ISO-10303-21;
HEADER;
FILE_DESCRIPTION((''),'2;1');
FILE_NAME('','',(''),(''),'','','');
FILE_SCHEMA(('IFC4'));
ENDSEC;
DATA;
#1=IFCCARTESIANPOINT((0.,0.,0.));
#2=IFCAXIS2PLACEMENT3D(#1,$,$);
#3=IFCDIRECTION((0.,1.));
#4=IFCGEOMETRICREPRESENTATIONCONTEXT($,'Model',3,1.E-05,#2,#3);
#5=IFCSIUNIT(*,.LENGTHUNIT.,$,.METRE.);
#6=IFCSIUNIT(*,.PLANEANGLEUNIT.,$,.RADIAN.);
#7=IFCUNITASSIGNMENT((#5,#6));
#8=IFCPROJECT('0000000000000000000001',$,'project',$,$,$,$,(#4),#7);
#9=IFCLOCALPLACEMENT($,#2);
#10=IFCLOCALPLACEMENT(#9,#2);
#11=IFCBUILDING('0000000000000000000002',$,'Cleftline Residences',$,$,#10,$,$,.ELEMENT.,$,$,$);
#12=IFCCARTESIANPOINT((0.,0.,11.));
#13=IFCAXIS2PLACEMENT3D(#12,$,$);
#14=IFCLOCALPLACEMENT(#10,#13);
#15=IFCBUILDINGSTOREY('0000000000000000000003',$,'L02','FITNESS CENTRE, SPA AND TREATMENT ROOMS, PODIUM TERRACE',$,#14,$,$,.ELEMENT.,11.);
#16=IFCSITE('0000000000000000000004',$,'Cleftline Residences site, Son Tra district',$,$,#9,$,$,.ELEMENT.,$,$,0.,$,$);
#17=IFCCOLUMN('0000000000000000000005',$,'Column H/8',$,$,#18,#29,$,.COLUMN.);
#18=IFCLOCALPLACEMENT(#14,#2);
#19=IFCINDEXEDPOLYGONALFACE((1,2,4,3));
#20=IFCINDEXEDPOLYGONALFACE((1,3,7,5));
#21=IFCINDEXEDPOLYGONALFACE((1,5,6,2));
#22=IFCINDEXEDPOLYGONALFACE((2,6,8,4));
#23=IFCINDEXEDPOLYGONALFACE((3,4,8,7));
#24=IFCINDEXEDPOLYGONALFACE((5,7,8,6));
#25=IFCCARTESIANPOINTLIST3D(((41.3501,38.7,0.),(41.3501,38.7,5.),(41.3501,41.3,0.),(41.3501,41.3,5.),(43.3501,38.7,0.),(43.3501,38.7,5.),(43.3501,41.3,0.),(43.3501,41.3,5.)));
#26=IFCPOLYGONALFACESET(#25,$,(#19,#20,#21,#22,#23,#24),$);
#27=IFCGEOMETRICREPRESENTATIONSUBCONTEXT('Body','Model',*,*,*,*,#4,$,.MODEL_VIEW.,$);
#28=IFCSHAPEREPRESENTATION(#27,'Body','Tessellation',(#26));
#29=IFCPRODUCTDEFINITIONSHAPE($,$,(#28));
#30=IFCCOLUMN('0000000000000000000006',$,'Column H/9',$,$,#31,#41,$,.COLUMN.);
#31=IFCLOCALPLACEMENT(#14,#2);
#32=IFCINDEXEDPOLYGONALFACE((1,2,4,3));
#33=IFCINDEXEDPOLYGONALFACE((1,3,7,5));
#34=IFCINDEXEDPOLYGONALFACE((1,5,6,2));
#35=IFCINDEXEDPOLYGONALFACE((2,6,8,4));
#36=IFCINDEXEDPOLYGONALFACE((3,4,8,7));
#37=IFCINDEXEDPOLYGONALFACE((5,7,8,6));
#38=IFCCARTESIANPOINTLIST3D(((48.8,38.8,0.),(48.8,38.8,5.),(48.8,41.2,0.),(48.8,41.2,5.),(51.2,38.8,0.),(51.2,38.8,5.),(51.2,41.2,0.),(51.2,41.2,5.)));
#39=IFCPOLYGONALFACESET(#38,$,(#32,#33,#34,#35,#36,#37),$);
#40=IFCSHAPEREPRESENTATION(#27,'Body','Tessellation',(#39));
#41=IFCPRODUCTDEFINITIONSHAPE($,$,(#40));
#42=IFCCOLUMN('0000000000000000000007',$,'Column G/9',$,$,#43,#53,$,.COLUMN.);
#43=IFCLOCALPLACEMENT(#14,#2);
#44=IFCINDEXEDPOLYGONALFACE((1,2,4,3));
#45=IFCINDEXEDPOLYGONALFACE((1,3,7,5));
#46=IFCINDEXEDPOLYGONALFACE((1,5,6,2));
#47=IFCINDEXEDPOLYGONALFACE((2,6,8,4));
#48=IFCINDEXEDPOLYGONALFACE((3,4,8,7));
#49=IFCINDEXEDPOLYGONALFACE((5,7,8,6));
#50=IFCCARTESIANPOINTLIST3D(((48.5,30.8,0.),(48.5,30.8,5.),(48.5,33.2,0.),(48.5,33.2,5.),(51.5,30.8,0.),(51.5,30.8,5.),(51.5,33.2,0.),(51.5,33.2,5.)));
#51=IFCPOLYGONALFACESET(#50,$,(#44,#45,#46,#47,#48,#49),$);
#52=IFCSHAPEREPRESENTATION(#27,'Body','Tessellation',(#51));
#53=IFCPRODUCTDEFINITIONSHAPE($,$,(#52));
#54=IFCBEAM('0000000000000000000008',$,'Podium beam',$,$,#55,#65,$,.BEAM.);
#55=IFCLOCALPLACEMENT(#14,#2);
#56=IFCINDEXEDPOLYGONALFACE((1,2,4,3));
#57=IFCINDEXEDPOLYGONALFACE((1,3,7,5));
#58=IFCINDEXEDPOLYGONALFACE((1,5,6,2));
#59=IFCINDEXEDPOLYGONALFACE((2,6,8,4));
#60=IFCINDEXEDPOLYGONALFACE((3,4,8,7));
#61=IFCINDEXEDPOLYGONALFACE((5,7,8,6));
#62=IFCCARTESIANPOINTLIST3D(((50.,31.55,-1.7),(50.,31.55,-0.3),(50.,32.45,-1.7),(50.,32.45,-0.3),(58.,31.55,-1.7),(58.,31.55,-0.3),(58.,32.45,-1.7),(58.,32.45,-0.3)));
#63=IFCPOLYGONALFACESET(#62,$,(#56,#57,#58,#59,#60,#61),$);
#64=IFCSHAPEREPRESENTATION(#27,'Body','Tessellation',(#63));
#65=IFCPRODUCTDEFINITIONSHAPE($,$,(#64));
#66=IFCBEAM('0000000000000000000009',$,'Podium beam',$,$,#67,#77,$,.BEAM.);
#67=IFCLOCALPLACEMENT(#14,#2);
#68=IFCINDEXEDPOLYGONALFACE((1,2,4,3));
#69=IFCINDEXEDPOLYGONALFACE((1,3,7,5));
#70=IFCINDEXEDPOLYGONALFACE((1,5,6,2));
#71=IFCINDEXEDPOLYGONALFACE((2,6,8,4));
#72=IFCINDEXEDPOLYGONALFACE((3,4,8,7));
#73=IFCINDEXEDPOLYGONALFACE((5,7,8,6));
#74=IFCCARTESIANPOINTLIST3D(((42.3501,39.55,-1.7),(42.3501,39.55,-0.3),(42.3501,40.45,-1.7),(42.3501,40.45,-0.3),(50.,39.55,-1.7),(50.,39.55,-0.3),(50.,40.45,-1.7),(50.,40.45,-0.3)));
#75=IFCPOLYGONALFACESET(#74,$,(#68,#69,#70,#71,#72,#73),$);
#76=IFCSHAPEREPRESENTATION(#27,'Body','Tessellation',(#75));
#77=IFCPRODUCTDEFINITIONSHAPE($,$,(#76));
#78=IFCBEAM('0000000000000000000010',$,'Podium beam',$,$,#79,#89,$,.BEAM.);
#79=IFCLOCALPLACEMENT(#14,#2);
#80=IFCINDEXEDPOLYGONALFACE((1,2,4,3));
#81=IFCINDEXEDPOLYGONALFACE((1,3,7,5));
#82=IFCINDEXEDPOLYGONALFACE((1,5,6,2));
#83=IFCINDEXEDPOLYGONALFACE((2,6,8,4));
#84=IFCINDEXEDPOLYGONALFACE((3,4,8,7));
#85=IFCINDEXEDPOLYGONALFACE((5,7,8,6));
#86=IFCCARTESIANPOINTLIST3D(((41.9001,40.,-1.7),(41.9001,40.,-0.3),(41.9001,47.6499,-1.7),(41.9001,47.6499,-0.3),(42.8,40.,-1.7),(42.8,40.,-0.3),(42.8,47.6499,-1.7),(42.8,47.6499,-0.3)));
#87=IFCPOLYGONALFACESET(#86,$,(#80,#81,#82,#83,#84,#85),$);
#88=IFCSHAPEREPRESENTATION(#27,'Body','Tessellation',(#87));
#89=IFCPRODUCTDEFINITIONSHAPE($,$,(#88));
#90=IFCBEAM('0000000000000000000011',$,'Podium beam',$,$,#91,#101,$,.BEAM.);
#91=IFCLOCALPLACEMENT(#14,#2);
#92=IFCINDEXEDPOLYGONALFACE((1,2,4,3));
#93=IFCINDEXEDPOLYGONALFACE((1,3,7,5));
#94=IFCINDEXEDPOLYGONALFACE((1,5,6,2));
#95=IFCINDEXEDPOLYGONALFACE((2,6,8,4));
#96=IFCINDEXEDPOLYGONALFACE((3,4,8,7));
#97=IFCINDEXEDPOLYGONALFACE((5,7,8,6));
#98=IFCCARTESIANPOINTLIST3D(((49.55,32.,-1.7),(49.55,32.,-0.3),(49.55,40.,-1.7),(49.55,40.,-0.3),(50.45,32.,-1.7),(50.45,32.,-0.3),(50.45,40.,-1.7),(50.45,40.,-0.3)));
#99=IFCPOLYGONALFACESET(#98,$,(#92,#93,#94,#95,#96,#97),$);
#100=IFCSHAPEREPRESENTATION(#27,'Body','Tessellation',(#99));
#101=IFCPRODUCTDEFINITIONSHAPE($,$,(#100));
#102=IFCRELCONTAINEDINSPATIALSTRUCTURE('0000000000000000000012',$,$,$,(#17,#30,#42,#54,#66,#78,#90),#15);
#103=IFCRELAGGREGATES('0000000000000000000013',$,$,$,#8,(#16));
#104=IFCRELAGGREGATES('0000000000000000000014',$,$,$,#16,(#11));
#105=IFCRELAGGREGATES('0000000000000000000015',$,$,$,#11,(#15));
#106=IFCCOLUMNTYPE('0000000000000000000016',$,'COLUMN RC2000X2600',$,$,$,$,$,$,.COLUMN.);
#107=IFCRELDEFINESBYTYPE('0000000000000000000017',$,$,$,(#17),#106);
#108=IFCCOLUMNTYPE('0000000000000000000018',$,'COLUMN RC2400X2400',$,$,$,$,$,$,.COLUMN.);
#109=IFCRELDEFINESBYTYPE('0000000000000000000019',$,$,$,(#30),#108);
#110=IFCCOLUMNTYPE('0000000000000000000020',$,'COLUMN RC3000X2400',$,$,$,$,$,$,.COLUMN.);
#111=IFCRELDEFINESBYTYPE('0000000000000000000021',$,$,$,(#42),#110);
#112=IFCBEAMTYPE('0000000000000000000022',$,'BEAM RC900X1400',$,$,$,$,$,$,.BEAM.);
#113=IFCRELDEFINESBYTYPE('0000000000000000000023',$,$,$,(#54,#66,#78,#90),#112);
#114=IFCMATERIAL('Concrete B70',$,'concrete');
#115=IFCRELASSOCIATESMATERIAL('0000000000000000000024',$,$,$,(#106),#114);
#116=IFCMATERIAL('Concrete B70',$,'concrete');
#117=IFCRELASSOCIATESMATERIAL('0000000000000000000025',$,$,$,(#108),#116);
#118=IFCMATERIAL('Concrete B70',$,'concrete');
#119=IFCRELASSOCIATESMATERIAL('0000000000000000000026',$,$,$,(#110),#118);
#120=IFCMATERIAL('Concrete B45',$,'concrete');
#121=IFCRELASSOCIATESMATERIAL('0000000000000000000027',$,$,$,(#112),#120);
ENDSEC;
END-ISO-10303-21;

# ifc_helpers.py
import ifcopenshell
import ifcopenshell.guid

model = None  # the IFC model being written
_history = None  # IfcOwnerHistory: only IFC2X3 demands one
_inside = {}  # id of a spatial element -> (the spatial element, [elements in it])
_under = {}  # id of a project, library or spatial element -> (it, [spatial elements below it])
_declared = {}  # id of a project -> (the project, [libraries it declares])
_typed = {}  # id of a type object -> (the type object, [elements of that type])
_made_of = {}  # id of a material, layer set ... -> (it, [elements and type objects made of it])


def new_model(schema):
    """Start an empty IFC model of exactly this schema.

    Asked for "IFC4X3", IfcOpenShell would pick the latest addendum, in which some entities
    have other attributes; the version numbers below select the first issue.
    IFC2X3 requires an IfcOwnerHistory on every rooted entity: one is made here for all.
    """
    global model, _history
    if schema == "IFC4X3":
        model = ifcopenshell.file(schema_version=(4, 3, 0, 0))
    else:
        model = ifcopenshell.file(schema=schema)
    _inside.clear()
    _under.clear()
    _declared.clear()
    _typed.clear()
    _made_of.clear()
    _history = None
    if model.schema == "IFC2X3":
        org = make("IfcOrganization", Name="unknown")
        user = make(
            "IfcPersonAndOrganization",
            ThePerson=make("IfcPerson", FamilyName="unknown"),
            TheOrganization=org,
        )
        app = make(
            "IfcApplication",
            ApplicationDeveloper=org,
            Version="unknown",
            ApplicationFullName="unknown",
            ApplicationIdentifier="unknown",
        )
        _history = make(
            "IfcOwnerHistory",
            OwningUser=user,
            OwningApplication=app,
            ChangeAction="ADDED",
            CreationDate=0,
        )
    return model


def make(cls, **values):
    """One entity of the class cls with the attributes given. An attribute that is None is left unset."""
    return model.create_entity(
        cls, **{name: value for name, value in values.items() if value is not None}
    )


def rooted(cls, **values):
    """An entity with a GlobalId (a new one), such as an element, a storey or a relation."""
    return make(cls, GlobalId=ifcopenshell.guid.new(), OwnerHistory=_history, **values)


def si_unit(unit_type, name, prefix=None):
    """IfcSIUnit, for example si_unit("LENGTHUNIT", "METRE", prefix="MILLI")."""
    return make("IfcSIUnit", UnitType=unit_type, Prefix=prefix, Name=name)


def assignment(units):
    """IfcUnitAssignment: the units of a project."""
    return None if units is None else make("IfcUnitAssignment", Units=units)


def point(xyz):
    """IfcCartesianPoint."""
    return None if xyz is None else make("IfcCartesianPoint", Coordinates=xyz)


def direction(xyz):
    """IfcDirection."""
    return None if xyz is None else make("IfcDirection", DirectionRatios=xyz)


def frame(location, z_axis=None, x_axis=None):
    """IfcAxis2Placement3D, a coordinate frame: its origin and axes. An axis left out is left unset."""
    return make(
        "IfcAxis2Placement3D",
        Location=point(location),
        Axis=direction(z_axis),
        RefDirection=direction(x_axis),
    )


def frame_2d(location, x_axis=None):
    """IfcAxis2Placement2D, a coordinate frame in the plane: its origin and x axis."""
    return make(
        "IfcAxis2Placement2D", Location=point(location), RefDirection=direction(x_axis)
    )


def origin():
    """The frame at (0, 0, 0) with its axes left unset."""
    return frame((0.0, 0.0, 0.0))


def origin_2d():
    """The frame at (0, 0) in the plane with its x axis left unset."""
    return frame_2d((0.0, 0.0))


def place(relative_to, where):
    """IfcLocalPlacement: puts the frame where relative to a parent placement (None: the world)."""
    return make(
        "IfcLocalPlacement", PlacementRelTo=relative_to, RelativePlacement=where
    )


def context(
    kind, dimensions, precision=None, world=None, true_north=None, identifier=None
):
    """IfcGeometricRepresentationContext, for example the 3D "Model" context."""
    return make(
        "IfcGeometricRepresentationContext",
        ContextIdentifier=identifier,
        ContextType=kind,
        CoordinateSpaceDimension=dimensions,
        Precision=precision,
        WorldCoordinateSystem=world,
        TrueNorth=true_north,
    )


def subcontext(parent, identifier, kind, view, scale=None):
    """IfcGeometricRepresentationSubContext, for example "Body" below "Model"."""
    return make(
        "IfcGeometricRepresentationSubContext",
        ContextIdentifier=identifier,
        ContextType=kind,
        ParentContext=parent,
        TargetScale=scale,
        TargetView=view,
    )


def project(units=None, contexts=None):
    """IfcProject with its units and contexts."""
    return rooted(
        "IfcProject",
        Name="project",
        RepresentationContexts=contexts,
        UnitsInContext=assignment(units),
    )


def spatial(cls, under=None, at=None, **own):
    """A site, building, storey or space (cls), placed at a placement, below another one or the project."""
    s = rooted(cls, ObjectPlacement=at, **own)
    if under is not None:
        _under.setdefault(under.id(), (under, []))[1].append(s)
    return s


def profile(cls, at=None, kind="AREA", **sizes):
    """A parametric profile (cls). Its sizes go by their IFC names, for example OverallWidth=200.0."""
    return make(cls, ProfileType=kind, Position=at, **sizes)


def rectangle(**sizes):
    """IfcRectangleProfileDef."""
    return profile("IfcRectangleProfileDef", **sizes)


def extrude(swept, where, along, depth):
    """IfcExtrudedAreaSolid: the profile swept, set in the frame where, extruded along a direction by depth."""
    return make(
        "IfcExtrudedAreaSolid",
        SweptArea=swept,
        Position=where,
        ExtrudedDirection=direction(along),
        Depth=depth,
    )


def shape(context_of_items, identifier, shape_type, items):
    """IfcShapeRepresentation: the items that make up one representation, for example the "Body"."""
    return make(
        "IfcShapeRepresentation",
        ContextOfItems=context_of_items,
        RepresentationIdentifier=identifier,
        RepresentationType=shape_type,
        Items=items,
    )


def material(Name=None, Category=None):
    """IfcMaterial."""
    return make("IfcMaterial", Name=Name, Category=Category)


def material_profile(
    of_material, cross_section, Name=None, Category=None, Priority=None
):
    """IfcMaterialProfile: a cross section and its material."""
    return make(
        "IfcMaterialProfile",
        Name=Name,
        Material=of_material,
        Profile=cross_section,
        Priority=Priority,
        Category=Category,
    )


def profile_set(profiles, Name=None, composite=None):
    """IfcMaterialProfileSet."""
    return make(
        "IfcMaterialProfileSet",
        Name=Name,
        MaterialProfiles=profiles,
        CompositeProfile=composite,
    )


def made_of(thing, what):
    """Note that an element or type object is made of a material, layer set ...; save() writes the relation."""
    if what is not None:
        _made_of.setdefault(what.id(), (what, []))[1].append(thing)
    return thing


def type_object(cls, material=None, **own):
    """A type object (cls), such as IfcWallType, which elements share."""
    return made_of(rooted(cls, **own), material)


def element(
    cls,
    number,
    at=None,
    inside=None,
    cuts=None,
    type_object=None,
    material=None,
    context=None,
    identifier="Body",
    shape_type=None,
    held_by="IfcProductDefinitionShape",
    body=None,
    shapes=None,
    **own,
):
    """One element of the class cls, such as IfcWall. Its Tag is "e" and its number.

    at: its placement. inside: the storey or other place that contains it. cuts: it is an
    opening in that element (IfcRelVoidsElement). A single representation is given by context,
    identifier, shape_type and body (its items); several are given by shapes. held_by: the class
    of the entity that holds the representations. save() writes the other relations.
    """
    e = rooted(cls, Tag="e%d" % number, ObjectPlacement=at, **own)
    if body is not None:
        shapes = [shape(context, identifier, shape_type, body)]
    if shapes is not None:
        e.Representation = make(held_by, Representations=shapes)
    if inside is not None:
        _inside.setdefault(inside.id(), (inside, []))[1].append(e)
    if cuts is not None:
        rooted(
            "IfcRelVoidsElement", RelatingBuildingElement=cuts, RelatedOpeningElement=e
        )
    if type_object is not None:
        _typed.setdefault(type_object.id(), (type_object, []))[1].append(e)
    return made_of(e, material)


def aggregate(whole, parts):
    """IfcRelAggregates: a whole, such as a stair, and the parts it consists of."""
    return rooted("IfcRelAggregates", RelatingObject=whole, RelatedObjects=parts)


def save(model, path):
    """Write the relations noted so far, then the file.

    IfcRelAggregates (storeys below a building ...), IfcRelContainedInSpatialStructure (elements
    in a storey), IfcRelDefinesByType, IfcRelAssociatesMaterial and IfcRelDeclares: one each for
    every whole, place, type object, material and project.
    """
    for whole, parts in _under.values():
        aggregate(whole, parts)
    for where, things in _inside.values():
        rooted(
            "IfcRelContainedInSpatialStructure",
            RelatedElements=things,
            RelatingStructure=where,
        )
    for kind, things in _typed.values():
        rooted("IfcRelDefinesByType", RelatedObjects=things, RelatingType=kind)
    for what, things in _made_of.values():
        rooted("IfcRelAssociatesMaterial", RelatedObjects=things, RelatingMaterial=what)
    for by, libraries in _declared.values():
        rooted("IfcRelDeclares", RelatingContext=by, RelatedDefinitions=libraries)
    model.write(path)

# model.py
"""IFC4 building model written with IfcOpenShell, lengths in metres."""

from ifc_helpers import new_model, si_unit, direction, frame, origin, origin_2d, place, context, subcontext, project, spatial, rectangle, extrude, material, material_profile, profile_set, type_object, element, save


model = new_model("IFC4")

# Units and contexts
model_context = context("Model", 3, precision=1e-05, world=origin(), true_north=direction((0.0, 1.0)))
body_context = subcontext(model_context, "Body", "Model", "MODEL_VIEW")
ifc_project = project(units=[si_unit("LENGTHUNIT", "METRE"), si_unit("PLANEANGLEUNIT", "RADIAN")], contexts=[model_context])

# Site, building, storey
site_placement = place(None, origin())
site = spatial("IfcSite", under=ifc_project, at=site_placement, Name="Cleftline Residences site, Son Tra district", CompositionType="ELEMENT", RefElevation=0.0)
building_placement = place(site_placement, origin())
building = spatial("IfcBuilding", under=site, at=building_placement, Name="Cleftline Residences", CompositionType="ELEMENT")
storey_placement = place(building_placement, frame((0.0, 0.0, 11.0)))
storey = spatial("IfcBuildingStorey", under=building, at=storey_placement, Name="L02", Description="FITNESS CENTRE, SPA AND TREATMENT ROOMS, PODIUM TERRACE", CompositionType="ELEMENT", Elevation=11.0)

# Columns
ifc_material_1 = material(Name="Concrete B70", Category="concrete")
ifc_material_profile_1 = material_profile(ifc_material_1, rectangle(XDim=2.0, YDim=2.6001, at=origin_2d()))
ifc_profile_set_1 = profile_set([ifc_material_profile_1], Name="Concrete B70")
column_type_1 = type_object("IfcColumnType", Name="COLUMN RC2000X2600", PredefinedType="COLUMN", material=ifc_profile_set_1)
column_1_placement = place(storey_placement, frame((42.3501, 40.0, 0.0), z_axis=(0.0, 0.0, 1.0), x_axis=(1.0, 0.0, 0.0)))
element("IfcColumn", 1, at=column_1_placement, inside=storey, type_object=column_type_1, Name="Column H/8", PredefinedType="COLUMN", context=body_context, shape_type="SweptSolid", body=[
    extrude(rectangle(XDim=2.0, YDim=2.6001, at=origin_2d()), origin(), (0.0, 0.0, 1.0), 5.0),
])
ifc_material_2 = material(Name="Concrete B70", Category="concrete")
ifc_material_profile_2 = material_profile(ifc_material_2, rectangle(XDim=2.3999, YDim=2.3999, at=origin_2d()))
ifc_profile_set_2 = profile_set([ifc_material_profile_2], Name="Concrete B70")
column_type_2 = type_object("IfcColumnType", Name="COLUMN RC2400X2400", PredefinedType="COLUMN", material=ifc_profile_set_2)
column_2_placement = place(storey_placement, frame((50.0, 40.0, 0.0), z_axis=(0.0, 0.0, 1.0), x_axis=(1.0, 0.0, 0.0)))
element("IfcColumn", 2, at=column_2_placement, inside=storey, type_object=column_type_2, Name="Column H/9", PredefinedType="COLUMN", context=body_context, shape_type="SweptSolid", body=[
    extrude(rectangle(XDim=2.3999, YDim=2.3999, at=origin_2d()), origin(), (0.0, 0.0, 1.0), 5.0),
])
ifc_material_3 = material(Name="Concrete B70", Category="concrete")
ifc_material_profile_3 = material_profile(ifc_material_3, rectangle(XDim=3.0, YDim=2.3999, at=origin_2d()))
ifc_profile_set_3 = profile_set([ifc_material_profile_3], Name="Concrete B70")
column_type_3 = type_object("IfcColumnType", Name="COLUMN RC3000X2400", PredefinedType="COLUMN", material=ifc_profile_set_3)
column_3_placement = place(storey_placement, frame((50.0, 32.0, 0.0), z_axis=(0.0, 0.0, 1.0), x_axis=(1.0, 0.0, 0.0)))
element("IfcColumn", 3, at=column_3_placement, inside=storey, type_object=column_type_3, Name="Column G/9", PredefinedType="COLUMN", context=body_context, shape_type="SweptSolid", body=[
    extrude(rectangle(XDim=3.0, YDim=2.3999, at=origin_2d()), origin(), (0.0, 0.0, 1.0), 5.0),
])

# Beams
ifc_material_4 = material(Name="Concrete B45", Category="concrete")
ifc_material_profile_4 = material_profile(ifc_material_4, rectangle(XDim=0.8999, YDim=1.3999, at=origin_2d()))
ifc_profile_set_4 = profile_set([ifc_material_profile_4], Name="Concrete B45")
beam_type = type_object("IfcBeamType", Name="BEAM RC900X1400", PredefinedType="BEAM", material=ifc_profile_set_4)
beam_1_placement = place(storey_placement, frame((50.0, 32.0, -1.0), z_axis=(1.0, 0.0, 0.0), x_axis=(0.0, 1.0, 0.0)))
element("IfcBeam", 4, at=beam_1_placement, inside=storey, type_object=beam_type, Name="Podium beam", PredefinedType="BEAM", context=body_context, shape_type="SweptSolid", body=[
    extrude(rectangle(XDim=0.8999, YDim=1.3999, at=origin_2d()), origin(), (0.0, 0.0, 1.0), 8.0),
])
for number, where, z_axis, x_axis, name in (
    (5, (42.3501, 40.0, -1.0), (1.0, 0.0, 0.0), (0.0, 1.0, 0.0), "Podium beam"),
    (6, (42.3501, 40.0, -1.0), (0.0, 1.0, 0.0), (-1.0, 0.0, 0.0), "Podium beam"),
):
    element("IfcBeam", number, at=place(storey_placement, frame(where, z_axis=z_axis, x_axis=x_axis)), inside=storey, type_object=beam_type, Name=name, PredefinedType="BEAM", context=body_context, shape_type="SweptSolid", body=[
        extrude(rectangle(XDim=0.8999, YDim=1.3999, at=origin_2d()), origin(), (0.0, 0.0, 1.0), 7.6499),
    ])
beam_2_placement = place(storey_placement, frame((50.0, 32.0, -1.0), z_axis=(0.0, 1.0, 0.0), x_axis=(-1.0, 0.0, 0.0)))
element("IfcBeam", 7, at=beam_2_placement, inside=storey, type_object=beam_type, Name="Podium beam", PredefinedType="BEAM", context=body_context, shape_type="SweptSolid", body=[
    extrude(rectangle(XDim=0.8999, YDim=1.3999, at=origin_2d()), origin(), (0.0, 0.0, 1.0), 8.0),
])

save(model, "model.ifc")
